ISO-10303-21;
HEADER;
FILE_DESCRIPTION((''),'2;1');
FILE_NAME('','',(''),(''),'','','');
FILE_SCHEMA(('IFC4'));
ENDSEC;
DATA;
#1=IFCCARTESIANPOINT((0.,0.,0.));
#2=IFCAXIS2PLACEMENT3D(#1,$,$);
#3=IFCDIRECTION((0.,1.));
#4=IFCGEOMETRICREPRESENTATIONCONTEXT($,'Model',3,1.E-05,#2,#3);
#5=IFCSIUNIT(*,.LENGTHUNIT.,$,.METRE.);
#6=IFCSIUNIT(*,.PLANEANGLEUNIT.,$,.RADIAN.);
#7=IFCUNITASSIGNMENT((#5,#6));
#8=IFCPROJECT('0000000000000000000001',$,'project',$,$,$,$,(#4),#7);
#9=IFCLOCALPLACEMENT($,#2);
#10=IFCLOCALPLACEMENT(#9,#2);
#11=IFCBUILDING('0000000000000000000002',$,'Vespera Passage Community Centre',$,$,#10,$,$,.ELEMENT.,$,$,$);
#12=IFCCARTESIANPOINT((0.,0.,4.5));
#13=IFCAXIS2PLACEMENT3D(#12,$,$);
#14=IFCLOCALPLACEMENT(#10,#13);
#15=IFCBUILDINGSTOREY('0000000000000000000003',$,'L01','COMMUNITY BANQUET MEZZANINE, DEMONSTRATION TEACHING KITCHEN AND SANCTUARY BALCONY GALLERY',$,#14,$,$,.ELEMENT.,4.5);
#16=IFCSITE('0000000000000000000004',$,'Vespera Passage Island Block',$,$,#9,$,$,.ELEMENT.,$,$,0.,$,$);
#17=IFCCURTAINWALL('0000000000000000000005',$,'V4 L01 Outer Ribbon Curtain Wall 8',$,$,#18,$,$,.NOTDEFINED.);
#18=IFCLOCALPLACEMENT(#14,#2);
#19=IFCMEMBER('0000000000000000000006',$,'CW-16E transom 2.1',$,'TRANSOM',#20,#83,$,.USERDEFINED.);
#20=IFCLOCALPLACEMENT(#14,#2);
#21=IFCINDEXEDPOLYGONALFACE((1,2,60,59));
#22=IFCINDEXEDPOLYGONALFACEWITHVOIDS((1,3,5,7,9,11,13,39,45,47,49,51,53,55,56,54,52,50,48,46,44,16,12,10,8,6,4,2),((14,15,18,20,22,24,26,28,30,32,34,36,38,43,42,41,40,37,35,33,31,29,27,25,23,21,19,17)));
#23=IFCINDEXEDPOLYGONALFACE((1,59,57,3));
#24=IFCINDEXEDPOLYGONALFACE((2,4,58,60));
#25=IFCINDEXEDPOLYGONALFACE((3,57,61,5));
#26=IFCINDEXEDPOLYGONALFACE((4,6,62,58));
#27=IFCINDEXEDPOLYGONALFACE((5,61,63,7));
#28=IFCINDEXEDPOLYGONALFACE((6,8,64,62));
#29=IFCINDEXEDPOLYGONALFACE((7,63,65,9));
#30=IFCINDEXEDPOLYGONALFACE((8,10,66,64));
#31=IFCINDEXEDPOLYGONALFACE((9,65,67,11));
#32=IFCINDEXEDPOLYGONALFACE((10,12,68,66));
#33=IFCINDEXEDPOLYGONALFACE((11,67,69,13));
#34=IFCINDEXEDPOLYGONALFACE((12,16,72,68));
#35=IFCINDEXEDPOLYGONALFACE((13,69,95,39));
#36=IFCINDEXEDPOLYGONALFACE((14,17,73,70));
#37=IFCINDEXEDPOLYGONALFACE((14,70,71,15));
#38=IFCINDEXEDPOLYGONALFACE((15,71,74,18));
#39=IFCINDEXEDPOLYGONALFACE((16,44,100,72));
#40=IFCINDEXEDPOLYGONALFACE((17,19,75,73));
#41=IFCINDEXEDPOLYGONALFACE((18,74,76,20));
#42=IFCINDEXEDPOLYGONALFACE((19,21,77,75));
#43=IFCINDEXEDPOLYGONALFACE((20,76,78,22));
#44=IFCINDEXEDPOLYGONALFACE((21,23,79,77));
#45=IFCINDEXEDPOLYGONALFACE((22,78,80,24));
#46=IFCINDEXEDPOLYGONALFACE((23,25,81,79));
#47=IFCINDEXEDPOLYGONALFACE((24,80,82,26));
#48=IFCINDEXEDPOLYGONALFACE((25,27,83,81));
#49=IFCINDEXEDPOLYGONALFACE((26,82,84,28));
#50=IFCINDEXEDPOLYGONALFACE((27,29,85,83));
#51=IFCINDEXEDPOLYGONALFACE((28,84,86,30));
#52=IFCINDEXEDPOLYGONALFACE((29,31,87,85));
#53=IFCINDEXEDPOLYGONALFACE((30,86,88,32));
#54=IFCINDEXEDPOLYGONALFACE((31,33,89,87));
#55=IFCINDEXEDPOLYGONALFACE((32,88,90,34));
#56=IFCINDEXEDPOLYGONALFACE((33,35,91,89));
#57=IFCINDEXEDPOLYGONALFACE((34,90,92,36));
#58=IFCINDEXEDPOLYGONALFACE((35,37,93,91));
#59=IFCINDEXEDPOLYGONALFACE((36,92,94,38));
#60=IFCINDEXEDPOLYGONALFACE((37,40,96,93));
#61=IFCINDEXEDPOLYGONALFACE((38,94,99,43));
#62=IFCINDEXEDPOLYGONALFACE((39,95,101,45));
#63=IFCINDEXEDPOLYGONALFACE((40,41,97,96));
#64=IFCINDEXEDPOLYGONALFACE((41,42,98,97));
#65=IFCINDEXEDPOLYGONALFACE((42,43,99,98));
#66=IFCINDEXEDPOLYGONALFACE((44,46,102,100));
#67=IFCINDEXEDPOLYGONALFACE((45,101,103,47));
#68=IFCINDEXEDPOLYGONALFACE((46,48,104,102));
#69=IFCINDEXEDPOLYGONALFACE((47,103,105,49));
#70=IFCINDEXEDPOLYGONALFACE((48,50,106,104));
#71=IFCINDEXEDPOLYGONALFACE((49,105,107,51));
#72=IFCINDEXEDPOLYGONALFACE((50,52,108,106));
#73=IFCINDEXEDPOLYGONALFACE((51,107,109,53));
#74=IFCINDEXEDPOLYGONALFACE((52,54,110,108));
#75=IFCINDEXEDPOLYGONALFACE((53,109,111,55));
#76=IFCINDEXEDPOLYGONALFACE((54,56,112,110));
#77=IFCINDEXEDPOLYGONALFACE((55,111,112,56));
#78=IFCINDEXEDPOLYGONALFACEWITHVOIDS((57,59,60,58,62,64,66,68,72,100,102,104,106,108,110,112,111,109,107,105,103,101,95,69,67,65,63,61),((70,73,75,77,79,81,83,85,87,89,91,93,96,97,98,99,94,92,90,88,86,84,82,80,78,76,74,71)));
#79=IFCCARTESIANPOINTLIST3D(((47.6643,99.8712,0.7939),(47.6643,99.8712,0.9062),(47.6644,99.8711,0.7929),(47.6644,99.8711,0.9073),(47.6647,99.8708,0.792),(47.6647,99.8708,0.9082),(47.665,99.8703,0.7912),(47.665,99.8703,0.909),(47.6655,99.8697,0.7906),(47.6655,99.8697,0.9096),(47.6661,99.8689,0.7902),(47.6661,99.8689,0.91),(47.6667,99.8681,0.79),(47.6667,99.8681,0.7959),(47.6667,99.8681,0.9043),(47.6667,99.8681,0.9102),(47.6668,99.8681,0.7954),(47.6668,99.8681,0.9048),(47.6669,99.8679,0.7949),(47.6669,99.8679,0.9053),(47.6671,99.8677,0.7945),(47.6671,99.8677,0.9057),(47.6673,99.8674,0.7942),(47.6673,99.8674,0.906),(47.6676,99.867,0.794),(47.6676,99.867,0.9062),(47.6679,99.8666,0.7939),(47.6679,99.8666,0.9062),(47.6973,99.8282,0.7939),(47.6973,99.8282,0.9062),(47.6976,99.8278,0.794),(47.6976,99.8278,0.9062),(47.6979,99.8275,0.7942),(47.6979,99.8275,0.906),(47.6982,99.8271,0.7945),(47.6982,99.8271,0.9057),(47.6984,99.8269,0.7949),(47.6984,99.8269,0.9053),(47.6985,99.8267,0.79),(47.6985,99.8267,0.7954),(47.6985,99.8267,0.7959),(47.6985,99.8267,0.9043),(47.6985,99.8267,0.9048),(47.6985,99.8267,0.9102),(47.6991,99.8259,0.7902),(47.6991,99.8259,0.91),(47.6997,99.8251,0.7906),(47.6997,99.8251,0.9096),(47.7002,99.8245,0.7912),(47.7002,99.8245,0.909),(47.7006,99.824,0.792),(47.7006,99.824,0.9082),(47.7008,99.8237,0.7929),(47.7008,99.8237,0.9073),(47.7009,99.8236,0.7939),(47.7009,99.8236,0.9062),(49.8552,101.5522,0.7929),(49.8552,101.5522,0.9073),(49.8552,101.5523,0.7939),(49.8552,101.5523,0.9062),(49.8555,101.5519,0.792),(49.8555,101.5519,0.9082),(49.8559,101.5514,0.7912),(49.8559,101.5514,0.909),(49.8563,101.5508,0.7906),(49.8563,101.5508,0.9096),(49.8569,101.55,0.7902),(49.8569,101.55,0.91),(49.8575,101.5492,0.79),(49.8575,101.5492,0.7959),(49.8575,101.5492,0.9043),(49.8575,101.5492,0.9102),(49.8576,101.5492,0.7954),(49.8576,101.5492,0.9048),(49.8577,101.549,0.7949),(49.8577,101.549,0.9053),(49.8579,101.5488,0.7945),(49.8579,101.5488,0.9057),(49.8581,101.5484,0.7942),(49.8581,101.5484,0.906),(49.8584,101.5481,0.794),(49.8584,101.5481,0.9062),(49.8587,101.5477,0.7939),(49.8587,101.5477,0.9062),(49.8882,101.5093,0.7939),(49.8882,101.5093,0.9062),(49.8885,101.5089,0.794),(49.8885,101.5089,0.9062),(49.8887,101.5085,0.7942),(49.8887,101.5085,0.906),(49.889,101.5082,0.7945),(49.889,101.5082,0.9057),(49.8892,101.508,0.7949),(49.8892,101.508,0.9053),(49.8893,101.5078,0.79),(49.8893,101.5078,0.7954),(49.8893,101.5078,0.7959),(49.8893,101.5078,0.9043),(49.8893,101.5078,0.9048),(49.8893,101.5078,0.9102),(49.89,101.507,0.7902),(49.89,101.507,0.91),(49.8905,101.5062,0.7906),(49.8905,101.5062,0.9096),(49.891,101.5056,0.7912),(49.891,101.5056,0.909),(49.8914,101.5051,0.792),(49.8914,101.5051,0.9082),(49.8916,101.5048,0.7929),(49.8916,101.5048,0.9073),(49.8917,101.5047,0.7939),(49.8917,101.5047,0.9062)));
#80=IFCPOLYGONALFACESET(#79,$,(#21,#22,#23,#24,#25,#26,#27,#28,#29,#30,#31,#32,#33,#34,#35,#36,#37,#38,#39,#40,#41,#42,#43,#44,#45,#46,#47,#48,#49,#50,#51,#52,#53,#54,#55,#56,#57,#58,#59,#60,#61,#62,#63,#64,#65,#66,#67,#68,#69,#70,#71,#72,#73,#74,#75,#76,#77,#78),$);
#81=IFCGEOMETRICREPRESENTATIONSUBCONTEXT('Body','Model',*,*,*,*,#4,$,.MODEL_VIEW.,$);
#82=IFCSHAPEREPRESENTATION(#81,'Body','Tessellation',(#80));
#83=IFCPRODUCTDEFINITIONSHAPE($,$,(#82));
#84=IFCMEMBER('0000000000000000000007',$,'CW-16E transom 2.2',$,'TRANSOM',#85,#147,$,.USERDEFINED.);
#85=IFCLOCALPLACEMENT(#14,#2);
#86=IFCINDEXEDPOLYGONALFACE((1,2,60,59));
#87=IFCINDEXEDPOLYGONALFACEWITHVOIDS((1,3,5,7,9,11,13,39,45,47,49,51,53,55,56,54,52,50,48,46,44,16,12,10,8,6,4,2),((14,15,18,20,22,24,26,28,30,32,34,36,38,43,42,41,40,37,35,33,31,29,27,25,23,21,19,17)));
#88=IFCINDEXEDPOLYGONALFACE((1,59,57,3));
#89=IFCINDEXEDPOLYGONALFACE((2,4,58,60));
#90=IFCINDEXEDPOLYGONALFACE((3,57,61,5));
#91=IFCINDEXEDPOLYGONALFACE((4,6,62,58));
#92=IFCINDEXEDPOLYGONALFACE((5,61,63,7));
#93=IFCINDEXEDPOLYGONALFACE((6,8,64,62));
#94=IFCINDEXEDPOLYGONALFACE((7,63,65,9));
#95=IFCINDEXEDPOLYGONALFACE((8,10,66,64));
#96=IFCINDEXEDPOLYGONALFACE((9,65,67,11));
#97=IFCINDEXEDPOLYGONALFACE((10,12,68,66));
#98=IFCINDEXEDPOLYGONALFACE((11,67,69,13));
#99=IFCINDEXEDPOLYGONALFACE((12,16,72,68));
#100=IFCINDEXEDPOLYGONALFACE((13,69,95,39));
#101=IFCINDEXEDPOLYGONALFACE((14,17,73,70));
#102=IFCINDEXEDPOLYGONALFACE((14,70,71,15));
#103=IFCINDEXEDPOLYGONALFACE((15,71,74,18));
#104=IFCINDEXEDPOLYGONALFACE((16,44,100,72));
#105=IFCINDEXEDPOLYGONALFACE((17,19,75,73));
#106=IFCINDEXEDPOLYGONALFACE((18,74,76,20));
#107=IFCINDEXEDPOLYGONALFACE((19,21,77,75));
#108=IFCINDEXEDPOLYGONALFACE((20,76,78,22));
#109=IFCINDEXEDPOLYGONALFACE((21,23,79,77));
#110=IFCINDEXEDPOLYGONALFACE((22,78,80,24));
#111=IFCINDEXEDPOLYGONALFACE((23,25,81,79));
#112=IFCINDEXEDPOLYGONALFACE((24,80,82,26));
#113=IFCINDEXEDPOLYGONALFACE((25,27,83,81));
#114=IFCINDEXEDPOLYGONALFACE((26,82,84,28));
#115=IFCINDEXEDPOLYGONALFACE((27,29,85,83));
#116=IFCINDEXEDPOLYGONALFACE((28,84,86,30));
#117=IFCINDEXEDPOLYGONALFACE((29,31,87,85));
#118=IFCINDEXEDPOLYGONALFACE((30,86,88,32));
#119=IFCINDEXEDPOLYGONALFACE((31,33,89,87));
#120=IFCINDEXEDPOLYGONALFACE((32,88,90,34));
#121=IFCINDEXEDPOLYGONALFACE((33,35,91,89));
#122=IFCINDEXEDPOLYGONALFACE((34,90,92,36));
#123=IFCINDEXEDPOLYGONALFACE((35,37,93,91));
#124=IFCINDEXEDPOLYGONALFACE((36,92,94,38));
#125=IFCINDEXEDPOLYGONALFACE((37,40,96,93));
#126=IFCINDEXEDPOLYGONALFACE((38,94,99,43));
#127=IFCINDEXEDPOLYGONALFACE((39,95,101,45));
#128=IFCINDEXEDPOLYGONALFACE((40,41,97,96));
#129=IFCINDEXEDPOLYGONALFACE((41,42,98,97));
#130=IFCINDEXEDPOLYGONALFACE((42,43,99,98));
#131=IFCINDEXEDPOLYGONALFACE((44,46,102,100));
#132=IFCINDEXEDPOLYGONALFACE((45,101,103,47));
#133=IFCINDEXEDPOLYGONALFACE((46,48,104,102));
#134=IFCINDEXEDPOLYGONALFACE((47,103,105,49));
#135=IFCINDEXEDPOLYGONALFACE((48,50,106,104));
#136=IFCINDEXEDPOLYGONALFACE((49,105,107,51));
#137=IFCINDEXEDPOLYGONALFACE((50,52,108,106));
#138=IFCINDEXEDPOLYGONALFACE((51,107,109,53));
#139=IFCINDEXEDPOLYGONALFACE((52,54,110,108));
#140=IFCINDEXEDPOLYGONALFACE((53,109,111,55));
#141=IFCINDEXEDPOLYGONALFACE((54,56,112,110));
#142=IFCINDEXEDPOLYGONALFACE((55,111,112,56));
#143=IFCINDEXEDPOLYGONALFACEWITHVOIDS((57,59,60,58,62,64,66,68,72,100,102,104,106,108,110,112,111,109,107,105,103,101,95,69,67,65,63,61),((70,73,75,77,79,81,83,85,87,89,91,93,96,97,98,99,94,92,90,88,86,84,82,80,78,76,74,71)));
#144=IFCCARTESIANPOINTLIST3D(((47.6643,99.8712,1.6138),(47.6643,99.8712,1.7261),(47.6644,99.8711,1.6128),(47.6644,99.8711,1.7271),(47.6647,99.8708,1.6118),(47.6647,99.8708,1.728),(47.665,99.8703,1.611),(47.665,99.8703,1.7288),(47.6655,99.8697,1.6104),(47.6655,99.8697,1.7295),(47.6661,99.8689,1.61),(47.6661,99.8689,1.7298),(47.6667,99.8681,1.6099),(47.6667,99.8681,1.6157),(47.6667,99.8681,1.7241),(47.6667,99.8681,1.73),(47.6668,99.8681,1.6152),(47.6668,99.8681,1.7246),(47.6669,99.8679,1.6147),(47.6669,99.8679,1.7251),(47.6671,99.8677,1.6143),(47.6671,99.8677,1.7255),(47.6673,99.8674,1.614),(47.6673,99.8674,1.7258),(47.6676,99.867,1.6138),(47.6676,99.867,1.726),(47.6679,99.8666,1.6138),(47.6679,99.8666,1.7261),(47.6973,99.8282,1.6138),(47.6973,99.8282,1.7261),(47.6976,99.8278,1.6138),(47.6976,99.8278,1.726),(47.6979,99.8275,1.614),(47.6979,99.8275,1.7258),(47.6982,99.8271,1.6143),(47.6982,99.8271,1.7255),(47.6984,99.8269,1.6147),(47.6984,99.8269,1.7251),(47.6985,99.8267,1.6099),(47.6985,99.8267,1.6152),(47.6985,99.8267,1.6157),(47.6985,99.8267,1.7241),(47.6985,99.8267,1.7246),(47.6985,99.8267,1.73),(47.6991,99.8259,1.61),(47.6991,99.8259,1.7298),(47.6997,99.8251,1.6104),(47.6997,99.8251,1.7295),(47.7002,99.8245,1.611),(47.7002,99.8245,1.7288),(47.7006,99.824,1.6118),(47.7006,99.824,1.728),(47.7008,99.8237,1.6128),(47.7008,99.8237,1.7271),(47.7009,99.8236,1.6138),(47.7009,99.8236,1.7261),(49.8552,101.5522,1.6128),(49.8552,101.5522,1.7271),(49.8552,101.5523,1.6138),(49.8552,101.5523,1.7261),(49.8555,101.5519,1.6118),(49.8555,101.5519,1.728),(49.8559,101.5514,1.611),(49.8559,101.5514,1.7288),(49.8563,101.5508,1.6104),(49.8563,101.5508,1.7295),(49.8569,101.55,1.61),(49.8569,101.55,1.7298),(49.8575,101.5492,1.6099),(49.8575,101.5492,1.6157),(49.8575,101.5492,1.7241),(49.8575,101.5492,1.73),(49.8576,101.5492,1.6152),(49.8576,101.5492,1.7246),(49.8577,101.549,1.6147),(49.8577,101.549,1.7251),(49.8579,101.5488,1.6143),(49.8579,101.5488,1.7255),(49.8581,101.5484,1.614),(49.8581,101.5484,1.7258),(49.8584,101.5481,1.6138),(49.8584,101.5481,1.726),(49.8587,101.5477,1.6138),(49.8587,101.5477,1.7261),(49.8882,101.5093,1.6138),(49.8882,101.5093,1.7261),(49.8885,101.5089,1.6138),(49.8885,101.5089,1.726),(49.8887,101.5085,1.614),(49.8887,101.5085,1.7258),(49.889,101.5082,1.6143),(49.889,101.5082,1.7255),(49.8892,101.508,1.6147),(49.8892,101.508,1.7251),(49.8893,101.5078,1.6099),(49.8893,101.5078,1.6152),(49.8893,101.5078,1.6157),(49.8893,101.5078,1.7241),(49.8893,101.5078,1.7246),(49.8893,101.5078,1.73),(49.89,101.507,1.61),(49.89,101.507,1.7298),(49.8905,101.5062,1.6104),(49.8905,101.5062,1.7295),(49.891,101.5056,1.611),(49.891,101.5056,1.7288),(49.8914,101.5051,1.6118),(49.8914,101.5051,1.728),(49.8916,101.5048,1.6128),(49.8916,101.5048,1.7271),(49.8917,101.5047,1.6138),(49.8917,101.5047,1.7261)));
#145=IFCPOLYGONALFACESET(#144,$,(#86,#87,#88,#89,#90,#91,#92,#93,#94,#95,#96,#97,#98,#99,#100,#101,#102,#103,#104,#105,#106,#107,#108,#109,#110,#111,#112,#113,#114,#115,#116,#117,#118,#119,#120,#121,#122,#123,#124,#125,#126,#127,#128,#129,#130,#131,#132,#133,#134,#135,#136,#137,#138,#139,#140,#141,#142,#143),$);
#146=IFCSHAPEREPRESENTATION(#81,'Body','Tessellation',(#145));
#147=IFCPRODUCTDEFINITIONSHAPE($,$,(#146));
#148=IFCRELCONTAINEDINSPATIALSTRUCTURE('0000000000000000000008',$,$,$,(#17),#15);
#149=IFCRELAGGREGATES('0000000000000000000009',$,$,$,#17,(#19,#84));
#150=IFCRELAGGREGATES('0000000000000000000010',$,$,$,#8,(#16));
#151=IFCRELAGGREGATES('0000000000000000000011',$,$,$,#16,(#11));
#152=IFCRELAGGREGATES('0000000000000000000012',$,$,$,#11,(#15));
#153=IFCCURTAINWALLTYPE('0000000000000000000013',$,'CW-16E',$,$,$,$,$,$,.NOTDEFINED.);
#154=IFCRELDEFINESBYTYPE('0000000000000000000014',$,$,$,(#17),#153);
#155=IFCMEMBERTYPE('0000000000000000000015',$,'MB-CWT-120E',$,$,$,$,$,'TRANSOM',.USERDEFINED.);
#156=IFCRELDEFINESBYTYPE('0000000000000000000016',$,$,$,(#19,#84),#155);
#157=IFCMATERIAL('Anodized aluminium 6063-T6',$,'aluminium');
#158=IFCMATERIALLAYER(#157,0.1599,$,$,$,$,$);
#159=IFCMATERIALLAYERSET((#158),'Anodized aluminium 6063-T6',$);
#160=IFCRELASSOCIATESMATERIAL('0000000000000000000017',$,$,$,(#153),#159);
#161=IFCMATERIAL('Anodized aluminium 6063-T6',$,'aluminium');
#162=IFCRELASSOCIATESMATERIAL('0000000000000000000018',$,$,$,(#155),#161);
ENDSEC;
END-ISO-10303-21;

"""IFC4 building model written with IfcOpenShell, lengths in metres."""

from ifc_helpers import new_model, si_unit, direction, frame, origin, origin_2d, place, context, subcontext, project, spatial, hollow_rectangle, extrude, material, layer, layer_set, material_profile, profile_set, type_object, element, aggregate, save


model = new_model("IFC4")

# Units and contexts
model_context = context("Model", 3, precision=1e-05, world=origin(), true_north=direction((0.0, 1.0)))
body_context = subcontext(model_context, "Body", "Model", "MODEL_VIEW")
ifc_project = project(units=[si_unit("LENGTHUNIT", "METRE"), si_unit("PLANEANGLEUNIT", "RADIAN")], contexts=[model_context])

# Site, building, storey
site_placement = place(None, origin())
site = spatial("IfcSite", under=ifc_project, at=site_placement, Name="Vespera Passage Island Block", CompositionType="ELEMENT", RefElevation=0.0)
building_placement = place(site_placement, origin())
building = spatial("IfcBuilding", under=site, at=building_placement, Name="Vespera Passage Community Centre", CompositionType="ELEMENT")
storey_placement = place(building_placement, frame((0.0, 0.0, 4.5)))
storey = spatial("IfcBuildingStorey", under=building, at=storey_placement, Name="L01", Description="COMMUNITY BANQUET MEZZANINE, DEMONSTRATION TEACHING KITCHEN AND SANCTUARY BALCONY GALLERY", CompositionType="ELEMENT", Elevation=4.5)

# Curtain wall
ifc_material_1 = material(Name="Anodized aluminium 6063-T6", Category="aluminium")
ifc_layer_1 = layer(ifc_material_1, 0.1599)
ifc_layer_set_1 = layer_set([ifc_layer_1], Name="Anodized aluminium 6063-T6")
curtain_wall_type_1 = type_object("IfcCurtainWallType", Name="CW-16E", PredefinedType="NOTDEFINED", material=ifc_layer_set_1)
curtain_wall_1_placement = place(storey_placement, origin())
curtain_wall_1 = element("IfcCurtainWall", 1, at=curtain_wall_1_placement, inside=storey, type_object=curtain_wall_type_1, Name="V4 L01 Outer Ribbon Curtain Wall 8", PredefinedType="NOTDEFINED")

# Members
ifc_material_2 = material(Name="Anodized aluminium 6063-T6", Category="aluminium")
ifc_material_profile_1 = material_profile(ifc_material_2, hollow_rectangle(XDim=0.0601, YDim=0.1201, WallThickness=0.0039, InnerFilletRadius=0.002, OuterFilletRadius=0.0039, at=origin_2d()), Name="ALU120X60X4")
ifc_profile_set_1 = profile_set([ifc_material_profile_1], Name="Anodized aluminium 6063-T6")
member_type_1 = type_object("IfcMemberType", Name="MB-CWT-120E", ElementType="TRANSOM", PredefinedType="USERDEFINED", material=ifc_profile_set_1)
member_1_placement = place(storey_placement, frame((47.6826, 99.8474, 0.8501), z_axis=(0.793353, 0.608762, 0.0), x_axis=(-0.608762, 0.793353, 0.0)))
member_1 = element("IfcMember", 2, at=member_1_placement, type_object=member_type_1, Name="CW-16E transom 2.1", ObjectType="TRANSOM", PredefinedType="USERDEFINED", context=body_context, shape_type="SweptSolid", body=[
    extrude(hollow_rectangle(XDim=0.0601, YDim=0.1201, WallThickness=0.0039, InnerFilletRadius=0.002, OuterFilletRadius=0.0039, at=origin_2d()), origin(), (0.0, 0.0, 1.0), 2.7615),
])
member_2_placement = place(storey_placement, frame((47.6826, 99.8474, 1.6699), z_axis=(0.793353, 0.608762, 0.0), x_axis=(-0.608762, 0.793353, 0.0)))
member_2 = element("IfcMember", 3, at=member_2_placement, type_object=member_type_1, Name="CW-16E transom 2.2", ObjectType="TRANSOM", PredefinedType="USERDEFINED", context=body_context, shape_type="SweptSolid", body=[
    extrude(hollow_rectangle(XDim=0.0601, YDim=0.1201, WallThickness=0.0039, InnerFilletRadius=0.002, OuterFilletRadius=0.0039, at=origin_2d()), origin(), (0.0, 0.0, 1.0), 2.7615),
])

aggregate(curtain_wall_1, [member_1, member_2])

save(model, "model.ifc")
